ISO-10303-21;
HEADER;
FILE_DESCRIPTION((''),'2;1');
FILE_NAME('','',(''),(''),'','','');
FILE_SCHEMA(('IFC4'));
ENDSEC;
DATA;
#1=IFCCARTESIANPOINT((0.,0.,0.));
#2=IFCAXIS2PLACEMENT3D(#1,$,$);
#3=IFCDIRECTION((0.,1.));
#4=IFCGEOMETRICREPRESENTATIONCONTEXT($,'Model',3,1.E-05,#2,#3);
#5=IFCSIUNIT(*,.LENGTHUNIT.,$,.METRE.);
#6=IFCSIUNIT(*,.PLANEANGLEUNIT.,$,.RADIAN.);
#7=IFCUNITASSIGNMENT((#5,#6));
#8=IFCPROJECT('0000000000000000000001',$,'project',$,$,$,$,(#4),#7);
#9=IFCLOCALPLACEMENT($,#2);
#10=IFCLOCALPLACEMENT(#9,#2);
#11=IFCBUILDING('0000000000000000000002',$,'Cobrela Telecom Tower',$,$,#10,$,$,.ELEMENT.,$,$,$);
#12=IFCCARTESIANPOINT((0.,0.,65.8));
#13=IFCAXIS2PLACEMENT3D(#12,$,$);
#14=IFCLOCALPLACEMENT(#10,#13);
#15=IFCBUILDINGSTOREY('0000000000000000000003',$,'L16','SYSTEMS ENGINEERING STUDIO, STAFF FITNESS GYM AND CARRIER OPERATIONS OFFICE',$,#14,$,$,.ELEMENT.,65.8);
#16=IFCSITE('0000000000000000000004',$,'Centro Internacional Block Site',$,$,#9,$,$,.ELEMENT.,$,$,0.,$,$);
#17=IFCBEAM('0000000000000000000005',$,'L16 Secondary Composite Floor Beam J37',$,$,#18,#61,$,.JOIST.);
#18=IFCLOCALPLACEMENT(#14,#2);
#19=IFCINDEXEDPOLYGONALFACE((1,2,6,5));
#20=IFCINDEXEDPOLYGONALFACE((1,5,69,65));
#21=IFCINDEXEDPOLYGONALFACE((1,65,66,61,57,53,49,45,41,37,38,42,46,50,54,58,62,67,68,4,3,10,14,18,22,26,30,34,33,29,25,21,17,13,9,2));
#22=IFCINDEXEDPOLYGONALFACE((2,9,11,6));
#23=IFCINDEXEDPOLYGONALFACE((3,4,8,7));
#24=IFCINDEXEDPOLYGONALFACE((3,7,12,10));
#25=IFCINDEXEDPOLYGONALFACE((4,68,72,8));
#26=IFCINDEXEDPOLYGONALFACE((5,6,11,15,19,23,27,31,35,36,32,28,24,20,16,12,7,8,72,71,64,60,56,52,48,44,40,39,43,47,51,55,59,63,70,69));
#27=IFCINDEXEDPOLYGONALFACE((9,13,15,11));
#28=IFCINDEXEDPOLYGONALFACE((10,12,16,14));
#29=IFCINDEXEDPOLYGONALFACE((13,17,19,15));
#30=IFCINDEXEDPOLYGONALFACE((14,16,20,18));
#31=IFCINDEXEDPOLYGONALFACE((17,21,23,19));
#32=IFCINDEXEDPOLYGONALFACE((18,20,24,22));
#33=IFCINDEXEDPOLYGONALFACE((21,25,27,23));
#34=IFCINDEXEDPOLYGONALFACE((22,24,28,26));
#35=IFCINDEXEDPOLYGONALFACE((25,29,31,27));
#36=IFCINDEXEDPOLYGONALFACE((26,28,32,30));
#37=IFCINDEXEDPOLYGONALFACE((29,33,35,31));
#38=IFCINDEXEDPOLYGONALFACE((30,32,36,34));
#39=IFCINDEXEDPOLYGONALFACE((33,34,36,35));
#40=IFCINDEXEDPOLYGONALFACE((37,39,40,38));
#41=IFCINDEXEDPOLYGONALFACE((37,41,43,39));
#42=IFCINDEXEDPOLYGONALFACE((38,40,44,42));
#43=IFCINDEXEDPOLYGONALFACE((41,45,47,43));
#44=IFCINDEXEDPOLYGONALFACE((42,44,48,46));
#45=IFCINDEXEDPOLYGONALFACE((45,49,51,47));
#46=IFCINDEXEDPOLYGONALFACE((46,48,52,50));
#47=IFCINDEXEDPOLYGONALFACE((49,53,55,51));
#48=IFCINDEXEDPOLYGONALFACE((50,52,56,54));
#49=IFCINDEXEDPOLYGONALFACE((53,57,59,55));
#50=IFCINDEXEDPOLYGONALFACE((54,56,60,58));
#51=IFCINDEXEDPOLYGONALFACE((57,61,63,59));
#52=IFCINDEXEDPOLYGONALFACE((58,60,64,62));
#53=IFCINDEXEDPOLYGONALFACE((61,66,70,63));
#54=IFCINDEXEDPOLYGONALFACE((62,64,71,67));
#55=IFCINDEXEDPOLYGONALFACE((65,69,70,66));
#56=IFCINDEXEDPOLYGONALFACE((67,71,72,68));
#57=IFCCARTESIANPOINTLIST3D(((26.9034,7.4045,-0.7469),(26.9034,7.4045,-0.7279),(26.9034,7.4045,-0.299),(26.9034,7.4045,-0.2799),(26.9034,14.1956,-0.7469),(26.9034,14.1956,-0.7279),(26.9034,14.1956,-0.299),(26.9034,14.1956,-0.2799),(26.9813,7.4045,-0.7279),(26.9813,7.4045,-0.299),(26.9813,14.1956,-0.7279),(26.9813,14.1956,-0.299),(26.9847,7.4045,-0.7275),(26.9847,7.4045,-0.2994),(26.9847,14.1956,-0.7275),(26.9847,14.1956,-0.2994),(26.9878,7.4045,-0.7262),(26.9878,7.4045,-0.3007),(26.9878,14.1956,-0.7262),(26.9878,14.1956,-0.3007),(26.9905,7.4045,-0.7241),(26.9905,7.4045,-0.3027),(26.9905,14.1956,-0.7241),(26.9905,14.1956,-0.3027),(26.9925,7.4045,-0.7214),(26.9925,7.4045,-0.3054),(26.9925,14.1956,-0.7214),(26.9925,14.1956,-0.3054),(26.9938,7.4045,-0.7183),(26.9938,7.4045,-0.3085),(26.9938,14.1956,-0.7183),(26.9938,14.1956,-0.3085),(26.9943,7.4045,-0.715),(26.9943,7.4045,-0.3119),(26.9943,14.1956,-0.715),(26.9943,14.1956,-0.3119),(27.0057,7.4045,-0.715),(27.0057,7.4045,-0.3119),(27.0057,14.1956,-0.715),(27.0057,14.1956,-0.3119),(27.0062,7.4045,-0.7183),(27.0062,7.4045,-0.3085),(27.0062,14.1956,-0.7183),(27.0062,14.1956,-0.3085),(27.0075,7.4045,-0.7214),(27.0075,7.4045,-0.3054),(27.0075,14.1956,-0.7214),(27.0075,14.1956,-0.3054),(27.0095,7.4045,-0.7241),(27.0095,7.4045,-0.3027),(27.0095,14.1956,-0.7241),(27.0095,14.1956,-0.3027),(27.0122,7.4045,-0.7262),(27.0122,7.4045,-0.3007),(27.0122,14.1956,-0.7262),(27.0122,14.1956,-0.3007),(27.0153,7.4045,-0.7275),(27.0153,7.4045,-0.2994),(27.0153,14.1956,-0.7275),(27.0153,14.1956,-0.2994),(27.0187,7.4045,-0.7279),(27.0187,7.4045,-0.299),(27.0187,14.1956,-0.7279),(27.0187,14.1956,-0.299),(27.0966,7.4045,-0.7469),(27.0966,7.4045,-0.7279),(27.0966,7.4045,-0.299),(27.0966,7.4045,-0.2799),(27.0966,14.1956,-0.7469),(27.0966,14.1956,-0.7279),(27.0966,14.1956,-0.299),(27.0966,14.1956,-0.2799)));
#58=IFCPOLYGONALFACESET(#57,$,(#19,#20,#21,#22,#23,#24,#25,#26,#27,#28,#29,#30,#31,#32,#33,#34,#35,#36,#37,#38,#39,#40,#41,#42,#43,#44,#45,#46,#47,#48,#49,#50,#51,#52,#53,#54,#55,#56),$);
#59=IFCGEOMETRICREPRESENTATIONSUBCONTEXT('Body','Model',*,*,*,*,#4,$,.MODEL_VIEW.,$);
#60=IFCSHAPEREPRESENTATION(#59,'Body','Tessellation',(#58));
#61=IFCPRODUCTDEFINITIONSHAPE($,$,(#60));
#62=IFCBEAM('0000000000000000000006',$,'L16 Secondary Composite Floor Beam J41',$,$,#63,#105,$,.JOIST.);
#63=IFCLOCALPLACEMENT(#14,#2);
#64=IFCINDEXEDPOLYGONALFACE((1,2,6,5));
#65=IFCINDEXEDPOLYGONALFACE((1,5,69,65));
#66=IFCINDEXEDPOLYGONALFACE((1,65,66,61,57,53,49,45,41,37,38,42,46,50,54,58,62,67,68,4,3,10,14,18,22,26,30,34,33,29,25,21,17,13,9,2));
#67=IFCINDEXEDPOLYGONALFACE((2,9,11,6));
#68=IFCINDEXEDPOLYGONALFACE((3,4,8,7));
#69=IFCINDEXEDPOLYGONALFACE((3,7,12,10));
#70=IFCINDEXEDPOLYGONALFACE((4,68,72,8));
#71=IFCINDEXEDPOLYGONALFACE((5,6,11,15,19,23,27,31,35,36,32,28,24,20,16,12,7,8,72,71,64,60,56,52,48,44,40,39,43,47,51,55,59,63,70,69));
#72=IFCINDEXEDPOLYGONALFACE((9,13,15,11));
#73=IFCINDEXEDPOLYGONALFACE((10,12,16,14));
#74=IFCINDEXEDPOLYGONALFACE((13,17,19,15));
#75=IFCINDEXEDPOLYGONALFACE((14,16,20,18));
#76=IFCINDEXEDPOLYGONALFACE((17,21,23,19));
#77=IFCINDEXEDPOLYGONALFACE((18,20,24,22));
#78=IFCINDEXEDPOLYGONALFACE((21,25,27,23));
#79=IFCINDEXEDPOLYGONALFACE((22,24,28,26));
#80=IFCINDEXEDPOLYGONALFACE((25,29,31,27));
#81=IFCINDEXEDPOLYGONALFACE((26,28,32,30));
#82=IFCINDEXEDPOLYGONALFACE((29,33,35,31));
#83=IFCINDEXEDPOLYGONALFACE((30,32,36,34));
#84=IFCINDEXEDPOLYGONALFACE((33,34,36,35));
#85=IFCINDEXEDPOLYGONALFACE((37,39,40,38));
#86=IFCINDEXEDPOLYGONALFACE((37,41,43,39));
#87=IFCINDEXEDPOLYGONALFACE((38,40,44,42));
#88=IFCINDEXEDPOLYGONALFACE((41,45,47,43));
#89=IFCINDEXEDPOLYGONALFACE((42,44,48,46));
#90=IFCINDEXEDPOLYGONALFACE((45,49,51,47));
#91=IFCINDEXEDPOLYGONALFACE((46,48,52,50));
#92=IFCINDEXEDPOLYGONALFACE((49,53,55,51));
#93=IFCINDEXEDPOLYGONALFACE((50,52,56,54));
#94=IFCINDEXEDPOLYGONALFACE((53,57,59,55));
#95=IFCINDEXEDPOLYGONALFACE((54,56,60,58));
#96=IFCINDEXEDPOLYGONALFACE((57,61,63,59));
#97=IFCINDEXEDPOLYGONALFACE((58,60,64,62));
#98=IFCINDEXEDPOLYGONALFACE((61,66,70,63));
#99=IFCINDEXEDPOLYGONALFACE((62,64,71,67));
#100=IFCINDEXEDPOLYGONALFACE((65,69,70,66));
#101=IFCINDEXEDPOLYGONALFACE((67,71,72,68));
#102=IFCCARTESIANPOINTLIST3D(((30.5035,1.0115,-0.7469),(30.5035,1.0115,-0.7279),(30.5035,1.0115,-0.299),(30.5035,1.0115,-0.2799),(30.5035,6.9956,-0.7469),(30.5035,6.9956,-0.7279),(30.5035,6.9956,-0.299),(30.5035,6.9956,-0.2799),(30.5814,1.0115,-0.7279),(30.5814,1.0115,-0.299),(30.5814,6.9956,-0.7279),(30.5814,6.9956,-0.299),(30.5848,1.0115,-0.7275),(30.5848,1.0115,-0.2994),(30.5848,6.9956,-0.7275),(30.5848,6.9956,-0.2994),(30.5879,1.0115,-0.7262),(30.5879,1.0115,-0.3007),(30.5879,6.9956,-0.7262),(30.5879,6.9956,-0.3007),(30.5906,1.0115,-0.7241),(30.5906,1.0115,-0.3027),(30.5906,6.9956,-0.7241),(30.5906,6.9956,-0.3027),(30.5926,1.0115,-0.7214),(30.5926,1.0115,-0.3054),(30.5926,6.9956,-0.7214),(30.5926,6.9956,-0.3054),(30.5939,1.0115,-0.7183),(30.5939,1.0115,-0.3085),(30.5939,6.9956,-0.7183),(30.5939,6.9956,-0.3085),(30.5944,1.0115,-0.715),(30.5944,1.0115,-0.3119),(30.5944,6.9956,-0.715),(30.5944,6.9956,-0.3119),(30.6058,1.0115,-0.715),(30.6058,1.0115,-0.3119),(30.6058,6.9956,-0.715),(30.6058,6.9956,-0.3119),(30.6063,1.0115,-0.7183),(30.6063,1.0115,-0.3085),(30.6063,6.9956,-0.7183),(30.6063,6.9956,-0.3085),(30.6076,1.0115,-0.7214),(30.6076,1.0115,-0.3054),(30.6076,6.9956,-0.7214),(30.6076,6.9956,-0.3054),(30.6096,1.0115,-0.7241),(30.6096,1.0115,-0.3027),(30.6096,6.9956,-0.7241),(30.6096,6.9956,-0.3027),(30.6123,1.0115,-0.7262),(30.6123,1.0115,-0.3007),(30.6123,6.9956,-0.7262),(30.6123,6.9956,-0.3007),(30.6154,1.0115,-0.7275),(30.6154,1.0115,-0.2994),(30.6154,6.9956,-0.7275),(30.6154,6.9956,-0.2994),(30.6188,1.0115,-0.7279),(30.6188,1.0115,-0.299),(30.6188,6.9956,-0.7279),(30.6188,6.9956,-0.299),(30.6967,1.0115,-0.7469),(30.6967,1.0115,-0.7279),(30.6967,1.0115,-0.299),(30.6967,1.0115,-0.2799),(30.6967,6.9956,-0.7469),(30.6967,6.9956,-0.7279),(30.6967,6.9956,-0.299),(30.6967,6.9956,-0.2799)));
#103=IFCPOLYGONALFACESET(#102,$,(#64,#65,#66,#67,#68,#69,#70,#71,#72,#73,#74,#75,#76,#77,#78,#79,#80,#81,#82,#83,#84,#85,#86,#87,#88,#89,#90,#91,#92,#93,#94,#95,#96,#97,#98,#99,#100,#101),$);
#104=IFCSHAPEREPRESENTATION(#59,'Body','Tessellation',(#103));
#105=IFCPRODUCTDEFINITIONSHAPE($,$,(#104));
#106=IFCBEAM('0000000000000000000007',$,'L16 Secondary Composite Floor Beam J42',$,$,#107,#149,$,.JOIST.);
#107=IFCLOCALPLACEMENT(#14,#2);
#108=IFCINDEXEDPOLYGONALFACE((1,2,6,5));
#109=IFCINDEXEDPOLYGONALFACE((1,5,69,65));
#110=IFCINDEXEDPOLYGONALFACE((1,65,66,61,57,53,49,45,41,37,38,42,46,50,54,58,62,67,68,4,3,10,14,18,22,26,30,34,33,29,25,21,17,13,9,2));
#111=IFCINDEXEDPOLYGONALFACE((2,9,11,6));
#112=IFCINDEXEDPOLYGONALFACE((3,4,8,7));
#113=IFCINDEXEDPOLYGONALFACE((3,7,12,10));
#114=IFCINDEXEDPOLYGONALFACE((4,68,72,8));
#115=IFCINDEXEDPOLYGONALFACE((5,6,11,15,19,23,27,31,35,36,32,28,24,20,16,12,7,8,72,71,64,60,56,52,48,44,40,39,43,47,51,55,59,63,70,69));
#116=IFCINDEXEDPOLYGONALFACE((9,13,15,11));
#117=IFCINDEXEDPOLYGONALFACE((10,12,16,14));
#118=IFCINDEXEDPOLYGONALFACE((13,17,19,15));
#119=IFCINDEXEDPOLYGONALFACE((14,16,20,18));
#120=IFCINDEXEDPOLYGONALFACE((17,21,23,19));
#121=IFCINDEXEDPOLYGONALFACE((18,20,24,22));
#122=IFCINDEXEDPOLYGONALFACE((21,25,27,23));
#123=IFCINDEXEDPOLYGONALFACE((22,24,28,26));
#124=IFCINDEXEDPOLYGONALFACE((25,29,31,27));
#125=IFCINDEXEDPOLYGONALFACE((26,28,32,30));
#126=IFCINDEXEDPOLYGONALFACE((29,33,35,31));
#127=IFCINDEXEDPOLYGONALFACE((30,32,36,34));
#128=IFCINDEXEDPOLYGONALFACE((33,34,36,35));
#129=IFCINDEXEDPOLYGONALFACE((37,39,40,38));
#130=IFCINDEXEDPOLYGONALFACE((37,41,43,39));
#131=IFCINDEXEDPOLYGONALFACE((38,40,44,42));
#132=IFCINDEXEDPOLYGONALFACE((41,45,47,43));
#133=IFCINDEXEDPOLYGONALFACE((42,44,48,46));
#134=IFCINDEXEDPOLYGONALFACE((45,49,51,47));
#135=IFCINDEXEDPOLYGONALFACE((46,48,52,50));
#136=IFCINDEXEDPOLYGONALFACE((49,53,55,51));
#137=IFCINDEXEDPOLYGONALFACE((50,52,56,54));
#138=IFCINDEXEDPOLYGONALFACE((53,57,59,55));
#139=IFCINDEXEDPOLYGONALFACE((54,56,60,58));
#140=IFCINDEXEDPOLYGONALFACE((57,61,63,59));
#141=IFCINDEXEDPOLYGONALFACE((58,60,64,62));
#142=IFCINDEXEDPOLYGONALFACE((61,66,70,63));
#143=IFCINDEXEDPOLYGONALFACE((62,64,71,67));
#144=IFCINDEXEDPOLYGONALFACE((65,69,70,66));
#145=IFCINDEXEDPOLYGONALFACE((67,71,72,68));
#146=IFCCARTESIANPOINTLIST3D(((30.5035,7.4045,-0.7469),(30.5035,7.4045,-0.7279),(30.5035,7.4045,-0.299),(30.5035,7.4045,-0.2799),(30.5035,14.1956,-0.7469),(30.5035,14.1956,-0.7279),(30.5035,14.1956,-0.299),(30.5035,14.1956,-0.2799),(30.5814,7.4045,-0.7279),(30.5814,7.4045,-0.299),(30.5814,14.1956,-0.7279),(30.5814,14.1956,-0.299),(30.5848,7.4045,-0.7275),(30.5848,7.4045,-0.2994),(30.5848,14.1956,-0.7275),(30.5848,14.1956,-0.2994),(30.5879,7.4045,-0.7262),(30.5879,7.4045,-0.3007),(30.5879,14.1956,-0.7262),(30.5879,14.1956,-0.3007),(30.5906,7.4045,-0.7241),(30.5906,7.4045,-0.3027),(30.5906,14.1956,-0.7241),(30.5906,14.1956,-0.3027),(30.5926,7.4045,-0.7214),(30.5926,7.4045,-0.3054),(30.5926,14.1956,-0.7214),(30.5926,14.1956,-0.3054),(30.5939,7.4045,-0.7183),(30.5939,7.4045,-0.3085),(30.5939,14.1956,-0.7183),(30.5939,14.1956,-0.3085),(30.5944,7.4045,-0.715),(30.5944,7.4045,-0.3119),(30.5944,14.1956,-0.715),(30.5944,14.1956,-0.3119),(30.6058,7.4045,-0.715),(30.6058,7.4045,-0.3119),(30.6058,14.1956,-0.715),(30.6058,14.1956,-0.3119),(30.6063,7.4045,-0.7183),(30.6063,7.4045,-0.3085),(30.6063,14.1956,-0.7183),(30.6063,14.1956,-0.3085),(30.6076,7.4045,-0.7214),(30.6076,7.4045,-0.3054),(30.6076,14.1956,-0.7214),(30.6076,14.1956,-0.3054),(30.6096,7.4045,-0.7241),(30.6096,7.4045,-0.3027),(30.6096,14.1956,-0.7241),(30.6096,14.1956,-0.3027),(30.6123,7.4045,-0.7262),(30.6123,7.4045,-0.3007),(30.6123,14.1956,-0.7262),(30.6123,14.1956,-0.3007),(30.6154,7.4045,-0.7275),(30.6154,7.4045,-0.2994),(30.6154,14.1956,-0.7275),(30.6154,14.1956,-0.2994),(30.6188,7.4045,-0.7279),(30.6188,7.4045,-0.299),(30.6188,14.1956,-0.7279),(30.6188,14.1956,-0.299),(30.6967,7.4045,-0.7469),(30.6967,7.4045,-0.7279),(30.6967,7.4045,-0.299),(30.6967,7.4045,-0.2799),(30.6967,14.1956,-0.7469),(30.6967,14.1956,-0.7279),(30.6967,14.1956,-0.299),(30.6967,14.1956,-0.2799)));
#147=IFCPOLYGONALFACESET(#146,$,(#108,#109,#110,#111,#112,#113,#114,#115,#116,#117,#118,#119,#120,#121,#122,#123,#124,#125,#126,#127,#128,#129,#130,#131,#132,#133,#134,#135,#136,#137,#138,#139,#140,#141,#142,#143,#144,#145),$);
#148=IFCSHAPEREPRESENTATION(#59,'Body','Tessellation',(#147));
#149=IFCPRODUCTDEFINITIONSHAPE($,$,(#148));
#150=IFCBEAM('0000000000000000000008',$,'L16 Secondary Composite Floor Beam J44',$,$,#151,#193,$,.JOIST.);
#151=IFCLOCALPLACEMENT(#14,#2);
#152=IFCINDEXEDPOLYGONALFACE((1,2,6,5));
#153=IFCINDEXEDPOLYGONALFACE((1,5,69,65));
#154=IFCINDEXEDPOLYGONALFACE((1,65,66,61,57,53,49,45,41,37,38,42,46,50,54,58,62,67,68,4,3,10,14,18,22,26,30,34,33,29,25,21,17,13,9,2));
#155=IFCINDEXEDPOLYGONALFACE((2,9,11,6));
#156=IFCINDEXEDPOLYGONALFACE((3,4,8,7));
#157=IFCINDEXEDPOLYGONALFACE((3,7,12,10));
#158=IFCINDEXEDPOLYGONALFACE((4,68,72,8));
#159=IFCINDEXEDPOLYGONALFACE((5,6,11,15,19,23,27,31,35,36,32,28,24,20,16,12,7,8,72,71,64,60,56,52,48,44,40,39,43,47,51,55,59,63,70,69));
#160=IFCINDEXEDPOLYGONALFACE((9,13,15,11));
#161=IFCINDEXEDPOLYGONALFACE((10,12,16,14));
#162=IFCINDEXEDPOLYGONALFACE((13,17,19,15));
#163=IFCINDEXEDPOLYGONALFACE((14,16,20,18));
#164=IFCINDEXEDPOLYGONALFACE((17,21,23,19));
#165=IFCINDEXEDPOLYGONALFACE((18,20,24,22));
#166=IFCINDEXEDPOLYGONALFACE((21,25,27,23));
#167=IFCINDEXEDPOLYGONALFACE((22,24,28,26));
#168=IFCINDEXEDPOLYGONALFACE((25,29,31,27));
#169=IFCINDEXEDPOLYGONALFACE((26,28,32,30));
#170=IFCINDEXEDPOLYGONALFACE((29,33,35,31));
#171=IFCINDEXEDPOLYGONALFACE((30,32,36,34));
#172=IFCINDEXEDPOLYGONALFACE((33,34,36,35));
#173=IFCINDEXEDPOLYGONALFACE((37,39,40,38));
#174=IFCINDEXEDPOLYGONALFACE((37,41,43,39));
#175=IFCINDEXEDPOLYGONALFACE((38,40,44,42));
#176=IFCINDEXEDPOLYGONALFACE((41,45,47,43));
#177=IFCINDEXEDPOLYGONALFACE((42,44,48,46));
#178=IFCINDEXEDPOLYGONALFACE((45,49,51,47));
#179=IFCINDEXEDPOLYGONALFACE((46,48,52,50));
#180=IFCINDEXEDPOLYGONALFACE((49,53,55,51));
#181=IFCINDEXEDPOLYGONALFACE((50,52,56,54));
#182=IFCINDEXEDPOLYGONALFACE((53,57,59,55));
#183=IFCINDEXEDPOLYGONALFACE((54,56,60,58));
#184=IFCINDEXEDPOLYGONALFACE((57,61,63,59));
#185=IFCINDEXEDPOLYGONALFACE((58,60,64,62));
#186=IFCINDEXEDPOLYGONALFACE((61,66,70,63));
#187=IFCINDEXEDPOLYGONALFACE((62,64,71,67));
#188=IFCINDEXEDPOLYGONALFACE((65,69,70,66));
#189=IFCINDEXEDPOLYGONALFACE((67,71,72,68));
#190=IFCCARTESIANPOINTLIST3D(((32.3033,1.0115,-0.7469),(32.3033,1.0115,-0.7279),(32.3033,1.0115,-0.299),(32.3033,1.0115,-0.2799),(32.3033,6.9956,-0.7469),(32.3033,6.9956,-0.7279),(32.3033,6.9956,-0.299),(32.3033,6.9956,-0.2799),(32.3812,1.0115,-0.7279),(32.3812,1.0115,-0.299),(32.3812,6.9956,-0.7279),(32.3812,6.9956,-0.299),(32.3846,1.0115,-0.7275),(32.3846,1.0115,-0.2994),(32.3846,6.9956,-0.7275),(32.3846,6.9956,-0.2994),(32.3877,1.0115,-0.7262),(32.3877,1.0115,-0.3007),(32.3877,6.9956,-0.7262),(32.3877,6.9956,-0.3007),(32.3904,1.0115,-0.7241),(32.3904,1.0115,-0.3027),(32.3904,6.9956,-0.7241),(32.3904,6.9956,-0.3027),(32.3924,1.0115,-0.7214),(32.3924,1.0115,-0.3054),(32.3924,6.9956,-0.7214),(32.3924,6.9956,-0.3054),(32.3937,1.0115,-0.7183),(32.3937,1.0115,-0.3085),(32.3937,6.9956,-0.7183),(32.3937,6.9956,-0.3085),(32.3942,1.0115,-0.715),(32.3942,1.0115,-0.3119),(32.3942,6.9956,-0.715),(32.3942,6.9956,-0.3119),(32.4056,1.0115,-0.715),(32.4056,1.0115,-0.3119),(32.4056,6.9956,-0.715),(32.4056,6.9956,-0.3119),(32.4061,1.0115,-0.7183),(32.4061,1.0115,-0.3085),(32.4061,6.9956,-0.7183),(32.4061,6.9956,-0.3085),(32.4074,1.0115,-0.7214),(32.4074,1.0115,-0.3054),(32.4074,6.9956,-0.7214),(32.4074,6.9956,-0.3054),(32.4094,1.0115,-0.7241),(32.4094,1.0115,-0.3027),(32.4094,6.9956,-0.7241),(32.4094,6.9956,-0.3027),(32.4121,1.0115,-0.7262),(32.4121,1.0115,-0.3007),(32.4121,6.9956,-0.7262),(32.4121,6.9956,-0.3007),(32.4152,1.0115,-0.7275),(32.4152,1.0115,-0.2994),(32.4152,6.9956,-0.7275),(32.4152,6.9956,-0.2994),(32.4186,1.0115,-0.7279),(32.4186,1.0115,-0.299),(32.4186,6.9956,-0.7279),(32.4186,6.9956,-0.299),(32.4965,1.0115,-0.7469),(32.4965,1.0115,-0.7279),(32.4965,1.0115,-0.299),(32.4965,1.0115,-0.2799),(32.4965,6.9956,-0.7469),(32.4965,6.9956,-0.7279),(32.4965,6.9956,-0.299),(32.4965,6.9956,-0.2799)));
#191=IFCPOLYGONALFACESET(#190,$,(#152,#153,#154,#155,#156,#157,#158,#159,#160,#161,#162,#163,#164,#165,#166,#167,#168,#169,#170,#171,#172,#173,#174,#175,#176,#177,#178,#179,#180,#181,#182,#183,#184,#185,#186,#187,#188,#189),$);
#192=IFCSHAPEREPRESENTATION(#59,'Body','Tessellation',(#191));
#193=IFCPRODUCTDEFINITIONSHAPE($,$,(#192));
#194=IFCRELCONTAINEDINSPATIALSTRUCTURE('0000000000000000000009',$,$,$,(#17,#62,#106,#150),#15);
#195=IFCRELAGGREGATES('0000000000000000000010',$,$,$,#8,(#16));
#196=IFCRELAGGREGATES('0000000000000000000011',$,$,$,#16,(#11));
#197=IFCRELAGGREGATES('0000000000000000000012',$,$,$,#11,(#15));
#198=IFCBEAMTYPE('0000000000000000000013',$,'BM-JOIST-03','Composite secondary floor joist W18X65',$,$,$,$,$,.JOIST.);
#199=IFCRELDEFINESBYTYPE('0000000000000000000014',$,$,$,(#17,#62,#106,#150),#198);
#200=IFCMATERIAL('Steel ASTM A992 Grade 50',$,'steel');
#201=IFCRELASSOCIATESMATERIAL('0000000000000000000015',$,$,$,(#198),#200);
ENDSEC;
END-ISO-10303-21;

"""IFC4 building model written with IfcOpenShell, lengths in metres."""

from ifc_helpers import new_model, si_unit, direction, frame, origin, origin_2d, place, context, subcontext, project, spatial, i_section, extrude, material, material_profile, profile_set, type_object, element, save


model = new_model("IFC4")

# Units and contexts
model_context = context("Model", 3, precision=1e-05, world=origin(), true_north=direction((0.0, 1.0)))
body_context = subcontext(model_context, "Body", "Model", "MODEL_VIEW")
ifc_project = project(units=[si_unit("LENGTHUNIT", "METRE"), si_unit("PLANEANGLEUNIT", "RADIAN")], contexts=[model_context])

# Site, building, storey
site_placement = place(None, origin())
site = spatial("IfcSite", under=ifc_project, at=site_placement, Name="Centro Internacional Block Site", CompositionType="ELEMENT", RefElevation=0.0)
building_placement = place(site_placement, origin())
building = spatial("IfcBuilding", under=site, at=building_placement, Name="Cobrela Telecom Tower", CompositionType="ELEMENT")
storey_placement = place(building_placement, frame((0.0, 0.0, 65.8)))
storey = spatial("IfcBuildingStorey", under=building, at=storey_placement, Name="L16", Description="SYSTEMS ENGINEERING STUDIO, STAFF FITNESS GYM AND CARRIER OPERATIONS OFFICE", CompositionType="ELEMENT", Elevation=65.8)

# Shared definitions
ifc_material_1 = material(Name="Steel ASTM A992 Grade 50", Category="steel")

# Beams
ifc_material_profile_1 = material_profile(ifc_material_1, i_section(OverallWidth=0.1931, OverallDepth=0.467, WebThickness=0.0115, FlangeThickness=0.019, FilletRadius=0.0129, at=origin_2d()), Name="W18X65")
ifc_profile_set_1 = profile_set([ifc_material_profile_1], Name="Steel ASTM A992 Grade 50")
beam_type_1 = type_object("IfcBeamType", Name="BM-JOIST-03", Description="Composite secondary floor joist W18X65", PredefinedType="JOIST", material=ifc_profile_set_1)
beam_1_placement = place(storey_placement, frame((27.0, 7.4045, -0.5134), z_axis=(0.0, 1.0, 0.0), x_axis=(-1.0, 0.0, 0.0)))
element("IfcBeam", 1, at=beam_1_placement, inside=storey, type_object=beam_type_1, Name="L16 Secondary Composite Floor Beam J37", PredefinedType="JOIST", context=body_context, shape_type="SweptSolid", body=[
    extrude(i_section(OverallWidth=0.1931, OverallDepth=0.467, WebThickness=0.0115, FlangeThickness=0.019, FilletRadius=0.0129, at=origin_2d()), origin(), (0.0, 0.0, 1.0), 6.791),
])
beam_2_placement = place(storey_placement, frame((30.6001, 1.0115, -0.5134), z_axis=(0.0, 1.0, 0.0), x_axis=(-1.0, 0.0, 0.0)))
element("IfcBeam", 2, at=beam_2_placement, inside=storey, type_object=beam_type_1, Name="L16 Secondary Composite Floor Beam J41", PredefinedType="JOIST", context=body_context, shape_type="SweptSolid", body=[
    extrude(i_section(OverallWidth=0.1931, OverallDepth=0.467, WebThickness=0.0115, FlangeThickness=0.019, FilletRadius=0.0129, at=origin_2d()), origin(), (0.0, 0.0, 1.0), 5.9841),
])
beam_3_placement = place(storey_placement, frame((30.6001, 7.4045, -0.5134), z_axis=(0.0, 1.0, 0.0), x_axis=(-1.0, 0.0, 0.0)))
element("IfcBeam", 3, at=beam_3_placement, inside=storey, type_object=beam_type_1, Name="L16 Secondary Composite Floor Beam J42", PredefinedType="JOIST", context=body_context, shape_type="SweptSolid", body=[
    extrude(i_section(OverallWidth=0.1931, OverallDepth=0.467, WebThickness=0.0115, FlangeThickness=0.019, FilletRadius=0.0129, at=origin_2d()), origin(), (0.0, 0.0, 1.0), 6.791),
])
beam_4_placement = place(storey_placement, frame((32.3999, 1.0115, -0.5134), z_axis=(0.0, 1.0, 0.0), x_axis=(-1.0, 0.0, 0.0)))
element("IfcBeam", 4, at=beam_4_placement, inside=storey, type_object=beam_type_1, Name="L16 Secondary Composite Floor Beam J44", PredefinedType="JOIST", context=body_context, shape_type="SweptSolid", body=[
    extrude(i_section(OverallWidth=0.1931, OverallDepth=0.467, WebThickness=0.0115, FlangeThickness=0.019, FilletRadius=0.0129, at=origin_2d()), origin(), (0.0, 0.0, 1.0), 5.9841),
])

save(model, "model.ifc")
